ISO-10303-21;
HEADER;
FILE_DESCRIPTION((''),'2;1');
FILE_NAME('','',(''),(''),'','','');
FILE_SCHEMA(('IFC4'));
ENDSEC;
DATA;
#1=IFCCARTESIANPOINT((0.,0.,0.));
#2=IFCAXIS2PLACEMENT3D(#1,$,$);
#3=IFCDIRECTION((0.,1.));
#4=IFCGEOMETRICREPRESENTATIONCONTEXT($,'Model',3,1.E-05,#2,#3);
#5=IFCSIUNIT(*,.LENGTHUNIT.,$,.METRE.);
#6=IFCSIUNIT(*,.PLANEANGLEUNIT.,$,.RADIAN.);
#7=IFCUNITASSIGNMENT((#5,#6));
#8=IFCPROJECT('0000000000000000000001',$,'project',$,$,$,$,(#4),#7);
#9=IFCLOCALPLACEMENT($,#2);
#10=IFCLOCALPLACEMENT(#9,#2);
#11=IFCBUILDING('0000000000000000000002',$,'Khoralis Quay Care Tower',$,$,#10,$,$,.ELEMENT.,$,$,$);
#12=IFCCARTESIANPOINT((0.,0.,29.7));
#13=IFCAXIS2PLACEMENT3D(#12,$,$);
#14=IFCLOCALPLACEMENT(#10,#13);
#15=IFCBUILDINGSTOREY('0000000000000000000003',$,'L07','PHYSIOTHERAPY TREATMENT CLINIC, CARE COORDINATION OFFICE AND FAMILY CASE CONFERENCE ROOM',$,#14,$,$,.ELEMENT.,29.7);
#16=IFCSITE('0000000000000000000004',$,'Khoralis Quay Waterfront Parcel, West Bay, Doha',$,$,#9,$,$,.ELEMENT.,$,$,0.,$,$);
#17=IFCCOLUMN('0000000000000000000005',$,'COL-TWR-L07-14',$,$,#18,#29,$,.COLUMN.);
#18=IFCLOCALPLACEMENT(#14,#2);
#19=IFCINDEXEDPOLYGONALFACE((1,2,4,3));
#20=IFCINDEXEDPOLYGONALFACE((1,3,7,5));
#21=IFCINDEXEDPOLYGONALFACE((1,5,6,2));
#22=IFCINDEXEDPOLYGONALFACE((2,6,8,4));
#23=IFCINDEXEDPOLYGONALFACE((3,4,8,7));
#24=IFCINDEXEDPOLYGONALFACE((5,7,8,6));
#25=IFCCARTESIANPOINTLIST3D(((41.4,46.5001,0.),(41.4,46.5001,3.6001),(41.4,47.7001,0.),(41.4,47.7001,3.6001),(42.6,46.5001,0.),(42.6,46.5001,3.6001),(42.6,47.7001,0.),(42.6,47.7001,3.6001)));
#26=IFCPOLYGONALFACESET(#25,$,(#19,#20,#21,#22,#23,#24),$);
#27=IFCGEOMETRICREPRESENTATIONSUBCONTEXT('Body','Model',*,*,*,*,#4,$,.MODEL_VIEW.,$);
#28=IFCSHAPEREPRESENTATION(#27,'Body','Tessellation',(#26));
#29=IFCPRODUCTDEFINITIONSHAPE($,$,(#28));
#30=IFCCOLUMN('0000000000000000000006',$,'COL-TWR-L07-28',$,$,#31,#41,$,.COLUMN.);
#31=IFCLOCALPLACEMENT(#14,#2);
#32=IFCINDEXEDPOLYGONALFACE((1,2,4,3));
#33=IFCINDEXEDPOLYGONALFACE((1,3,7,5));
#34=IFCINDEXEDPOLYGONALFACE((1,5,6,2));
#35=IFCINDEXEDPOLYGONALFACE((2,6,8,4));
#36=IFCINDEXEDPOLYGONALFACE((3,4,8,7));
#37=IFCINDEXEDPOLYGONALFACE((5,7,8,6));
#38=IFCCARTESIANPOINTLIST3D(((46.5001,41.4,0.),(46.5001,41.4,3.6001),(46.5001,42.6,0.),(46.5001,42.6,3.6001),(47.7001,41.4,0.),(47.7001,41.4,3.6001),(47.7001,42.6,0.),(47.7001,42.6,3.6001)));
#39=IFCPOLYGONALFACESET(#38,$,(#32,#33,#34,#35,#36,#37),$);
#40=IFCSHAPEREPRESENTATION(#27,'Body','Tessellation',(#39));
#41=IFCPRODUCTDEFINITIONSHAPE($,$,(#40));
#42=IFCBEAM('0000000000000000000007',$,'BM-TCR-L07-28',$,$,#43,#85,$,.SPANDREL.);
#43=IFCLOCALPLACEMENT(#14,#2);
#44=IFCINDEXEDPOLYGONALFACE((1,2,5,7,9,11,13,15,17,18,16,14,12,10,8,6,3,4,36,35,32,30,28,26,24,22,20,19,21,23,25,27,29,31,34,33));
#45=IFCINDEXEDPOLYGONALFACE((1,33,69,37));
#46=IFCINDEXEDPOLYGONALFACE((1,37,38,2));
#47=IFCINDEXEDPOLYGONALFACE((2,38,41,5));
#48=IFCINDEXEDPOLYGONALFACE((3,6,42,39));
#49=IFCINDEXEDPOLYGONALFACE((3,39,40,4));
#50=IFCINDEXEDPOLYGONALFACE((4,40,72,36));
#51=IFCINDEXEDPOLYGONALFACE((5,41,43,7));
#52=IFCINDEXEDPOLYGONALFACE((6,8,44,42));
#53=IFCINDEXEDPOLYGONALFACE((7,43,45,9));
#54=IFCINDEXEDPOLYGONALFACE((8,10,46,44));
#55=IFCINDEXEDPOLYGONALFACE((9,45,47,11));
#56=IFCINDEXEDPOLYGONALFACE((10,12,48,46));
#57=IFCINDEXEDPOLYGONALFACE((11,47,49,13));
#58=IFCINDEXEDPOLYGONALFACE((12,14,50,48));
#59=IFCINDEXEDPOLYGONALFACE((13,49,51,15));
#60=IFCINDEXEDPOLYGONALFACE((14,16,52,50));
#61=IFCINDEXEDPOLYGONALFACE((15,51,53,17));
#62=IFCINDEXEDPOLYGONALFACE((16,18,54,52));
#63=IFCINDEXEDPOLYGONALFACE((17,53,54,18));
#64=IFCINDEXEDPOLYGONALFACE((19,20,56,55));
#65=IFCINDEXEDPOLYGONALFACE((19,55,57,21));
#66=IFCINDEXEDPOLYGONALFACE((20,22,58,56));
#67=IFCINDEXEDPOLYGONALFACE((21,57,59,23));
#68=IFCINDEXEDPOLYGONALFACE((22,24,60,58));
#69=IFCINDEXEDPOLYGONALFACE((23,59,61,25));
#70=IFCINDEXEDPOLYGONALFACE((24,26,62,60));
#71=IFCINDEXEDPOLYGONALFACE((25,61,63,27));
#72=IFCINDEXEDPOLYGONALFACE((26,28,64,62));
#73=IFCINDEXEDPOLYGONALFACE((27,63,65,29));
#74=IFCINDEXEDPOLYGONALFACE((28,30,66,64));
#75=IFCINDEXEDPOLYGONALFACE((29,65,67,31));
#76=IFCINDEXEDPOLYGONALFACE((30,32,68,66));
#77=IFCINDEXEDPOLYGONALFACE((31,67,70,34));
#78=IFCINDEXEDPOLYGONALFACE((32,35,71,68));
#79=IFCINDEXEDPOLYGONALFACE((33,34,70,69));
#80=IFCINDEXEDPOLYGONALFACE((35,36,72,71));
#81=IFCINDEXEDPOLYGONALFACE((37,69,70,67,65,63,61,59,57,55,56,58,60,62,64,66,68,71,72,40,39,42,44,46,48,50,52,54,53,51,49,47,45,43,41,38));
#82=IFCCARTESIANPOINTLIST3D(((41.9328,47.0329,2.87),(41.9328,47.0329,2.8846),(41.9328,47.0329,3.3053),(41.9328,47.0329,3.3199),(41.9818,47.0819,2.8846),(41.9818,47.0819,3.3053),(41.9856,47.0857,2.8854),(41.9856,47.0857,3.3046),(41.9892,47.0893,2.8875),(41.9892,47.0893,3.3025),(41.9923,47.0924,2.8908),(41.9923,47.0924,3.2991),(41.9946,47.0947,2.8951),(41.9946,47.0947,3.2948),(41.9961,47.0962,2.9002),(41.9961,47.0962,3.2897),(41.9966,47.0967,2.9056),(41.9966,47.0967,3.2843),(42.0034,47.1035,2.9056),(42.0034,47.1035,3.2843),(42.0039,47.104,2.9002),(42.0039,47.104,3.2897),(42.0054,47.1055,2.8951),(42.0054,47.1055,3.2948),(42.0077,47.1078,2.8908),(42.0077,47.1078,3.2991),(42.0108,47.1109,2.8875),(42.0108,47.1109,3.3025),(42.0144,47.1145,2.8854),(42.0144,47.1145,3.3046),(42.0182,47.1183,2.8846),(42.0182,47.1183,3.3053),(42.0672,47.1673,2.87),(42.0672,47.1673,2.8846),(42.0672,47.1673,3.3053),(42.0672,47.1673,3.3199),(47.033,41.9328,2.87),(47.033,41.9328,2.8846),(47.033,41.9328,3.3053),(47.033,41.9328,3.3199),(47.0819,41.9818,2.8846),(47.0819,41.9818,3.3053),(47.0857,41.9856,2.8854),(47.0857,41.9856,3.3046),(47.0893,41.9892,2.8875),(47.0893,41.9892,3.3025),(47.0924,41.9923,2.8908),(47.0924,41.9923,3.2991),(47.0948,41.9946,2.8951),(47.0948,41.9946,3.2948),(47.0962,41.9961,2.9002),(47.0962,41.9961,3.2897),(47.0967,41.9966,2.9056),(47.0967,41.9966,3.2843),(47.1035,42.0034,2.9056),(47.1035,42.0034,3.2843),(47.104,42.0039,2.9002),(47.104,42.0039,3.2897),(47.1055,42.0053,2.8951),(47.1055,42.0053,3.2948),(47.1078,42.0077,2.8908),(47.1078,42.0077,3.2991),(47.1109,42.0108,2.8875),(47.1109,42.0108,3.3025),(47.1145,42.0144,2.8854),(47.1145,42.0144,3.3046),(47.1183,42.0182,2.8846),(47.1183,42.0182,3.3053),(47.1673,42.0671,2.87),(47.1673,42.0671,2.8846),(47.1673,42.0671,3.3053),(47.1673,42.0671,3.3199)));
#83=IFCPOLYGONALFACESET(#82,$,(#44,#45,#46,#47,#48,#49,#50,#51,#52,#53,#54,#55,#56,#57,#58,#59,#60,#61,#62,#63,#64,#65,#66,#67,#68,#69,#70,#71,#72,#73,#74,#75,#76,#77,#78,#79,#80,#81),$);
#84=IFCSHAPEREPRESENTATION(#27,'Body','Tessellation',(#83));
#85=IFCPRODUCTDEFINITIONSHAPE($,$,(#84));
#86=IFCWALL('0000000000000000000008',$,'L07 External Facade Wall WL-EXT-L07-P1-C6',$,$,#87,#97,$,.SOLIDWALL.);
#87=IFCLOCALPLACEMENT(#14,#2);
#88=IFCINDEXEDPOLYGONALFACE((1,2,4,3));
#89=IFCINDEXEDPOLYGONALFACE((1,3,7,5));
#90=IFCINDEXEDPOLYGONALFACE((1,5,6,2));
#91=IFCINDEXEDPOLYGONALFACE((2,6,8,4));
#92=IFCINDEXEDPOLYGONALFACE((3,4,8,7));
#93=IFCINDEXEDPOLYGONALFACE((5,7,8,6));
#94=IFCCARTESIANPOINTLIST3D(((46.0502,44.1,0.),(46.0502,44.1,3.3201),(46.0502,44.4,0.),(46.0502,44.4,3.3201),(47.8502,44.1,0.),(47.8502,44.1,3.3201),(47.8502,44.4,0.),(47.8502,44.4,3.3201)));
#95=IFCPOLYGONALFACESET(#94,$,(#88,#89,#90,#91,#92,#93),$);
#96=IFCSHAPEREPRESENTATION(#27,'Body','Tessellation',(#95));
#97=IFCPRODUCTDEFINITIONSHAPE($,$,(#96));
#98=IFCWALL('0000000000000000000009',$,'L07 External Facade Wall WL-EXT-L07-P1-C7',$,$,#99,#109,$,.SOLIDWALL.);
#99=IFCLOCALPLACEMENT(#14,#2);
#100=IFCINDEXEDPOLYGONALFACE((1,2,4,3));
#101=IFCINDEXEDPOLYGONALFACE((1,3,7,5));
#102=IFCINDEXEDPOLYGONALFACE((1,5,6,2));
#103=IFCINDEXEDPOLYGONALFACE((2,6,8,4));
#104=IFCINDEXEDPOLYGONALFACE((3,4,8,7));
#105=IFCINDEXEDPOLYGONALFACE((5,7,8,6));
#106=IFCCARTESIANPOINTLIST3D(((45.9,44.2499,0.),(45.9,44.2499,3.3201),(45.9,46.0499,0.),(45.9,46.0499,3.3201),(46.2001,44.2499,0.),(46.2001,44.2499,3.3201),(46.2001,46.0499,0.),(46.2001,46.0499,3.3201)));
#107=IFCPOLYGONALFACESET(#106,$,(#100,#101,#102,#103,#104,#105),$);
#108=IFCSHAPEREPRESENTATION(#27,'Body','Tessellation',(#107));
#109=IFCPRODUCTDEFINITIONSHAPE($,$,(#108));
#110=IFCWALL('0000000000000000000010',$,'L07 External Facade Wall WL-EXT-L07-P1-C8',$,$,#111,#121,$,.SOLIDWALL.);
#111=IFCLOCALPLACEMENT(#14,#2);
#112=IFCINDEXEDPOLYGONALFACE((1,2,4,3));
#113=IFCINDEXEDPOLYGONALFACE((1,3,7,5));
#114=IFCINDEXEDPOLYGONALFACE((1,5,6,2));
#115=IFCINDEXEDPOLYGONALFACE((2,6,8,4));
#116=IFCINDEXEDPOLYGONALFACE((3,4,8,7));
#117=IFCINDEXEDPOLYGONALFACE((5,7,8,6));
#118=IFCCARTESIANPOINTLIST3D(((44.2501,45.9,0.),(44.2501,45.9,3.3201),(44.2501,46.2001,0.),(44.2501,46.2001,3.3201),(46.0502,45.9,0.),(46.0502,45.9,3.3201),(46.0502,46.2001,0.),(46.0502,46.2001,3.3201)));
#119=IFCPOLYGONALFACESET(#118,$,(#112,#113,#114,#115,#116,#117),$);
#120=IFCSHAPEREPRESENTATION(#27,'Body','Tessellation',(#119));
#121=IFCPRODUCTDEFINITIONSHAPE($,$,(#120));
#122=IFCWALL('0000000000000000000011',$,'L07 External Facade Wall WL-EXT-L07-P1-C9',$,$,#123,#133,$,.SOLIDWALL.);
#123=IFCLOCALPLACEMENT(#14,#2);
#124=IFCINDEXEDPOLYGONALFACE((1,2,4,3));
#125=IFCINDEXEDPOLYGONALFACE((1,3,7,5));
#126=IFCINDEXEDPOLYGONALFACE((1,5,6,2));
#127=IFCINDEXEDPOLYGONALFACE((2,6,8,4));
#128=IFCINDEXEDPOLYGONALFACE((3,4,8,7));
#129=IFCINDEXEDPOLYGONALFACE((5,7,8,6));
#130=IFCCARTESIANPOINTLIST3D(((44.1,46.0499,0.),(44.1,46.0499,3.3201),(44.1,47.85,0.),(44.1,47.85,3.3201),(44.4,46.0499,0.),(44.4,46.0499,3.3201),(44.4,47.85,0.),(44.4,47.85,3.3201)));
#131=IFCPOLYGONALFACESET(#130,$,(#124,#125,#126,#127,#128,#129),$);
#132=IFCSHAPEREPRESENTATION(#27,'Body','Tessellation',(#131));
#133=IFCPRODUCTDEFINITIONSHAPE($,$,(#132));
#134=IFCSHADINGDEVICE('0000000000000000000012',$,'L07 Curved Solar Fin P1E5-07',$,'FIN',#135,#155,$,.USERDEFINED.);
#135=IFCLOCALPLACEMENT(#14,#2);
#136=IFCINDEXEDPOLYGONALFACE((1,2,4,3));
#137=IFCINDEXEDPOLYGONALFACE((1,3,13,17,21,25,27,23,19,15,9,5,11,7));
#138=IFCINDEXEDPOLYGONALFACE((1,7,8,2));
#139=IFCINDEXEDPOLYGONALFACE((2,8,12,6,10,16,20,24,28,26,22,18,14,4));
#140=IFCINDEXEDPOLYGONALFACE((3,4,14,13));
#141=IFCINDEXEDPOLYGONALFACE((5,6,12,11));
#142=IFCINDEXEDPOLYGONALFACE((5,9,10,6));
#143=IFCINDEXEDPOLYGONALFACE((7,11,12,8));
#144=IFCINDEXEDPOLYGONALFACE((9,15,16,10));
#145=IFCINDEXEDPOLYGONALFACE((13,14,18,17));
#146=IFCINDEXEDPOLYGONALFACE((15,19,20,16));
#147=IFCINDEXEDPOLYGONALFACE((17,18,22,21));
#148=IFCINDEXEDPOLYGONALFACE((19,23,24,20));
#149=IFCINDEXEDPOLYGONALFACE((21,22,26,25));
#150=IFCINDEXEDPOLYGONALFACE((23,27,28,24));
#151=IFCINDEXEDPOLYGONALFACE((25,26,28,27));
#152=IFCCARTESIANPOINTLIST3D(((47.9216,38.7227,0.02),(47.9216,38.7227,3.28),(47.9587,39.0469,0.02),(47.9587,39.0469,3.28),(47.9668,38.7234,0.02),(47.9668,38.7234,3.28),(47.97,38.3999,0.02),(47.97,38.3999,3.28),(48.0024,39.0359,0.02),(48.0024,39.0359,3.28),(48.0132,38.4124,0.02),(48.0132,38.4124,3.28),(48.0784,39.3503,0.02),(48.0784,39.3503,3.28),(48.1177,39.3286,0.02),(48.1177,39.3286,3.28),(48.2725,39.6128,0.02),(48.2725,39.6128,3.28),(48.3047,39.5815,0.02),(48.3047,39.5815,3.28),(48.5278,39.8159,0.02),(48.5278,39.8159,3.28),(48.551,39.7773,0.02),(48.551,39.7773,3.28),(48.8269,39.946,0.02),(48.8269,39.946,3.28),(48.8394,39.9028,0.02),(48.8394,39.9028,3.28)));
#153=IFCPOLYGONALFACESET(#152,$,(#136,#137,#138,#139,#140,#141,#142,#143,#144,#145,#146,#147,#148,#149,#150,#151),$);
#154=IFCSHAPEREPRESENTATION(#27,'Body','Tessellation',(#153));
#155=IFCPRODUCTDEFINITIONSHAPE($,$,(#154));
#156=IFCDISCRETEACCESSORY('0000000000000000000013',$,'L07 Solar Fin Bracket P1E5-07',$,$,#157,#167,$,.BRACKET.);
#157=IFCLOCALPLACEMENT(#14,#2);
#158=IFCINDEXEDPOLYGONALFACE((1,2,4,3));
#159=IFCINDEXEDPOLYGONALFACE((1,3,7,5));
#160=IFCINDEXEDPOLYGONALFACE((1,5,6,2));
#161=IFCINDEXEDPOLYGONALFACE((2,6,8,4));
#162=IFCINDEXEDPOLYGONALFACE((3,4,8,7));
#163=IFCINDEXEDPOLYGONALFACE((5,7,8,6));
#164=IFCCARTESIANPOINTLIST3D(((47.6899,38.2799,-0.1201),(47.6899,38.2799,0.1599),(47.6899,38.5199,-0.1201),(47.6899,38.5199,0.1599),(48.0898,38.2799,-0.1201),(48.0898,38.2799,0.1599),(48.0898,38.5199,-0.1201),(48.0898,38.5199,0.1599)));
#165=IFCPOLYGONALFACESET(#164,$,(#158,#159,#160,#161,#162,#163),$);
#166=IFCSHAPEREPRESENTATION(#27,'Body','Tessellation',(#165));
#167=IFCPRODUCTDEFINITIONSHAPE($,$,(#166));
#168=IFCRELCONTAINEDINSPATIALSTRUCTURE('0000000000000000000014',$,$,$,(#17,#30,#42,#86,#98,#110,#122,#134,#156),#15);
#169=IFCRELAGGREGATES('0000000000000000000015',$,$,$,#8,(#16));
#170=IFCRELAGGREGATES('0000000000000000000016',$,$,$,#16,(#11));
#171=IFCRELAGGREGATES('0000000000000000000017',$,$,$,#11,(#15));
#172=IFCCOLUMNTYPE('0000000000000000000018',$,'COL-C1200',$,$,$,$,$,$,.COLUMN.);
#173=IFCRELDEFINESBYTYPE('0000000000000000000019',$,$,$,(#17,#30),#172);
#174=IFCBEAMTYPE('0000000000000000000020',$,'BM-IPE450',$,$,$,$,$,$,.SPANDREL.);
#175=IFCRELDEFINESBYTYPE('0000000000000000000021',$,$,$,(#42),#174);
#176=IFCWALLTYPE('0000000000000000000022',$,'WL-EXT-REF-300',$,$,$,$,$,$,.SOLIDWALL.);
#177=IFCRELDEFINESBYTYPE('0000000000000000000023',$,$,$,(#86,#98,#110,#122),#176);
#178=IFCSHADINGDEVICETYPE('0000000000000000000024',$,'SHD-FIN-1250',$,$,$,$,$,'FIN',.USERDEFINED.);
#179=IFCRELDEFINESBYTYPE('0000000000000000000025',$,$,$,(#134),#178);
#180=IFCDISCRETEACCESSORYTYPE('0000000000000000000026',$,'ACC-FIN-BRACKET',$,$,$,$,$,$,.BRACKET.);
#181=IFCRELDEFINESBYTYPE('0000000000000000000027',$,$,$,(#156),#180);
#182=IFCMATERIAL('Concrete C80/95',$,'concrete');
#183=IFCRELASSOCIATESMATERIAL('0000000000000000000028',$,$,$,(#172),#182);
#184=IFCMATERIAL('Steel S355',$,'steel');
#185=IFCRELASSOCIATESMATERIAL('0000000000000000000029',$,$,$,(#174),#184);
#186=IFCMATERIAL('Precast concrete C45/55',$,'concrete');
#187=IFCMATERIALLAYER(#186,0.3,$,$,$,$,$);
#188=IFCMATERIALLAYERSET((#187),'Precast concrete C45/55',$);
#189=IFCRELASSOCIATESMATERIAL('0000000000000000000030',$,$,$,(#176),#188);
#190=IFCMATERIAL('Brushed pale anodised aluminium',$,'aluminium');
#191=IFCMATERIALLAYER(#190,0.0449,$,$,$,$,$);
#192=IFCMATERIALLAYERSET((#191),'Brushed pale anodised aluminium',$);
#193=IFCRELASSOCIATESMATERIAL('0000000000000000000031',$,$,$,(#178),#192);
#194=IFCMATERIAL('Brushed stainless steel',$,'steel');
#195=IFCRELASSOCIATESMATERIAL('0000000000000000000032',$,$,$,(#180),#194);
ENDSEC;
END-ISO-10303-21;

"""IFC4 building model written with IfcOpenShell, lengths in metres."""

from ifc_helpers import new_model, si_unit, direction, frame, frame_2d, origin, origin_2d, place, context, subcontext, project, spatial, polyline, rectangle, i_section, outline, extrude, source, transform, mapped, material, layer, layer_set, material_profile, profile_set, type_object, element, save


model = new_model("IFC4")

# Units and contexts
model_context = context("Model", 3, precision=1e-05, world=origin(), true_north=direction((0.0, 1.0)))
body_context = subcontext(model_context, "Body", "Model", "MODEL_VIEW")
ifc_project = project(units=[si_unit("LENGTHUNIT", "METRE"), si_unit("PLANEANGLEUNIT", "RADIAN")], contexts=[model_context])

# Site, building, storey
site_placement = place(None, origin())
site = spatial("IfcSite", under=ifc_project, at=site_placement, Name="Khoralis Quay Waterfront Parcel, West Bay, Doha", CompositionType="ELEMENT", RefElevation=0.0)
building_placement = place(site_placement, origin())
building = spatial("IfcBuilding", under=site, at=building_placement, Name="Khoralis Quay Care Tower", CompositionType="ELEMENT")
storey_placement = place(building_placement, frame((0.0, 0.0, 29.7)))
storey = spatial("IfcBuildingStorey", under=building, at=storey_placement, Name="L07", Description="PHYSIOTHERAPY TREATMENT CLINIC, CARE COORDINATION OFFICE AND FAMILY CASE CONFERENCE ROOM", CompositionType="ELEMENT", Elevation=29.7)

# Columns
ifc_material_1 = material(Name="Concrete C80/95", Category="concrete")
ifc_material_profile_1 = material_profile(ifc_material_1, rectangle(XDim=1.2, YDim=1.2, at=origin_2d()), Name="Concrete C80/95")
ifc_profile_set_1 = profile_set([ifc_material_profile_1], Name="Concrete C80/95")
column_type = type_object("IfcColumnType", Name="COL-C1200", PredefinedType="COLUMN", material=ifc_profile_set_1)
shared_shape_1 = source(origin(), body_context, "Body", "SweptSolid", [
    extrude(rectangle(XDim=1.2, YDim=1.2, at=origin_2d()), origin(), (0.0, 0.0, 1.0), 3.6001),
])
for number, where, z_axis, x_axis, name in (
    (1, (42.0, 47.1001, 0.0), (0.0, 0.0, 1.0), (1.0, 0.0, 0.0), "COL-TWR-L07-14"),
    (2, (47.1001, 42.0, 0.0), (0.0, 0.0, 1.0), (1.0, 0.0, 0.0), "COL-TWR-L07-28"),
):
    element("IfcColumn", number, at=place(storey_placement, frame(where, z_axis=z_axis, x_axis=x_axis)), inside=storey, type_object=column_type, Name=name, PredefinedType="COLUMN", context=body_context, shape_type="MappedRepresentation", body=[
        mapped(shared_shape_1, transform((0.0, 0.0, 0.0), scale=1.0)),
    ])

# Beam
ifc_material_2 = material(Name="Steel S355", Category="steel")
ifc_material_profile_2 = material_profile(ifc_material_2, i_section(OverallWidth=0.1899, OverallDepth=0.45, WebThickness=0.0095, FlangeThickness=0.0146, FilletRadius=0.021, at=origin_2d()), Name="Steel S355")
ifc_profile_set_2 = profile_set([ifc_material_profile_2], Name="Steel S355")
beam_type = type_object("IfcBeamType", Name="BM-IPE450", PredefinedType="SPANDREL", material=ifc_profile_set_2)
shared_shape_2 = source(origin(), body_context, "Body", "SweptSolid", [
    extrude(i_section(OverallWidth=0.1899, OverallDepth=0.45, WebThickness=0.0095, FlangeThickness=0.0146, FilletRadius=0.021, at=origin_2d()), origin(), (0.0, 0.0, 1.0), 7.2126),
])
beam_placement = place(storey_placement, frame((42.0, 47.1001, 3.095), z_axis=(0.707107, -0.707107, 0.0), x_axis=(0.707107, 0.707107, 0.0)))
element("IfcBeam", 3, at=beam_placement, inside=storey, type_object=beam_type, Name="BM-TCR-L07-28", PredefinedType="SPANDREL", context=body_context, shape_type="MappedRepresentation", body=[
    mapped(shared_shape_2, transform((0.0, 0.0, 0.0), scale=1.0)),
])

# Walls
ifc_material_3 = material(Name="Precast concrete C45/55", Category="concrete")
ifc_layer_1 = layer(ifc_material_3, 0.3)
ifc_layer_set_1 = layer_set([ifc_layer_1], Name="Precast concrete C45/55")
wall_type = type_object("IfcWallType", Name="WL-EXT-REF-300", PredefinedType="SOLIDWALL", material=ifc_layer_set_1)
for number, where, z_axis, x_axis, name in (
    (4, (47.8501, 44.25, 0.0), (0.0, 0.0, 1.0), (-1.0, 0.0, 0.0), "L07 External Facade Wall WL-EXT-L07-P1-C6"),
    (5, (46.05, 44.25, 0.0), (0.0, 0.0, 1.0), (0.0, 1.0, 0.0), "L07 External Facade Wall WL-EXT-L07-P1-C7"),
    (6, (46.05, 46.05, 0.0), (0.0, 0.0, 1.0), (-1.0, 0.0, 0.0), "L07 External Facade Wall WL-EXT-L07-P1-C8"),
    (7, (44.25, 46.05, 0.0), (0.0, 0.0, 1.0), (0.0, 1.0, 0.0), "L07 External Facade Wall WL-EXT-L07-P1-C9"),
):
    element("IfcWall", number, at=place(storey_placement, frame(where, z_axis=z_axis, x_axis=x_axis)), inside=storey, type_object=wall_type, Name=name, PredefinedType="SOLIDWALL", context=body_context, shape_type="SweptSolid", body=[
        extrude(rectangle(XDim=1.8, YDim=0.3, at=frame_2d((0.8999, 0.0))), origin(), (0.0, 0.0, 1.0), 3.3201),
    ])

# Shading device
ifc_material_4 = material(Name="Brushed pale anodised aluminium", Category="aluminium")
ifc_layer_2 = layer(ifc_material_4, 0.0449)
ifc_layer_set_2 = layer_set([ifc_layer_2], Name="Brushed pale anodised aluminium")
shading_device_type = type_object("IfcShadingDeviceType", Name="SHD-FIN-1250", ElementType="FIN", PredefinedType="USERDEFINED", material=ifc_layer_set_2)
shared_shape_3 = source(origin(), body_context, "Body", "SweptSolid", [
    extrude(outline(polyline([(0.0, 0.0), (-0.0483, 0.3228), (-0.0112, 0.647), (0.1084, 0.9504), (0.3025, 1.2129), (0.5579, 1.416), (0.8569, 1.5461), (0.8694, 1.5029), (0.5811, 1.3774), (0.3347, 1.1816), (0.1477, 0.9287), (0.0325, 0.636), (-0.0032, 0.3235), (0.0432, 0.0125), (0.0, 0.0)])), origin(), (0.0, 0.0, 1.0), 3.26),
])
shading_device_placement = place(storey_placement, frame((47.97, 38.3999, 0.02), z_axis=(0.0, 0.0, 1.0), x_axis=(1.0, 0.0, 0.0)))
element("IfcShadingDevice", 8, at=shading_device_placement, inside=storey, type_object=shading_device_type, Name="L07 Curved Solar Fin P1E5-07", ObjectType="FIN", PredefinedType="USERDEFINED", context=body_context, shape_type="MappedRepresentation", body=[
    mapped(shared_shape_3, transform((0.0, 0.0, 0.0), scale=1.0)),
])

# Discrete accessory
ifc_material_5 = material(Name="Brushed stainless steel", Category="steel")
discrete_accessory_type = type_object("IfcDiscreteAccessoryType", Name="ACC-FIN-BRACKET", PredefinedType="BRACKET", material=ifc_material_5)
shared_shape_4 = source(origin(), body_context, "Body", "SweptSolid", [
    extrude(rectangle(XDim=0.3999, YDim=0.24, at=origin_2d()), origin(), (0.0, 0.0, 1.0), 0.28),
])
discrete_accessory_placement = place(storey_placement, frame((47.8899, 38.3999, -0.1201), z_axis=(0.0, 0.0, 1.0), x_axis=(1.0, 0.0, 0.0)))
element("IfcDiscreteAccessory", 9, at=discrete_accessory_placement, inside=storey, type_object=discrete_accessory_type, Name="L07 Solar Fin Bracket P1E5-07", PredefinedType="BRACKET", context=body_context, shape_type="MappedRepresentation", body=[
    mapped(shared_shape_4, transform((0.0, 0.0, 0.0), scale=1.0)),
])

save(model, "model.ifc")
